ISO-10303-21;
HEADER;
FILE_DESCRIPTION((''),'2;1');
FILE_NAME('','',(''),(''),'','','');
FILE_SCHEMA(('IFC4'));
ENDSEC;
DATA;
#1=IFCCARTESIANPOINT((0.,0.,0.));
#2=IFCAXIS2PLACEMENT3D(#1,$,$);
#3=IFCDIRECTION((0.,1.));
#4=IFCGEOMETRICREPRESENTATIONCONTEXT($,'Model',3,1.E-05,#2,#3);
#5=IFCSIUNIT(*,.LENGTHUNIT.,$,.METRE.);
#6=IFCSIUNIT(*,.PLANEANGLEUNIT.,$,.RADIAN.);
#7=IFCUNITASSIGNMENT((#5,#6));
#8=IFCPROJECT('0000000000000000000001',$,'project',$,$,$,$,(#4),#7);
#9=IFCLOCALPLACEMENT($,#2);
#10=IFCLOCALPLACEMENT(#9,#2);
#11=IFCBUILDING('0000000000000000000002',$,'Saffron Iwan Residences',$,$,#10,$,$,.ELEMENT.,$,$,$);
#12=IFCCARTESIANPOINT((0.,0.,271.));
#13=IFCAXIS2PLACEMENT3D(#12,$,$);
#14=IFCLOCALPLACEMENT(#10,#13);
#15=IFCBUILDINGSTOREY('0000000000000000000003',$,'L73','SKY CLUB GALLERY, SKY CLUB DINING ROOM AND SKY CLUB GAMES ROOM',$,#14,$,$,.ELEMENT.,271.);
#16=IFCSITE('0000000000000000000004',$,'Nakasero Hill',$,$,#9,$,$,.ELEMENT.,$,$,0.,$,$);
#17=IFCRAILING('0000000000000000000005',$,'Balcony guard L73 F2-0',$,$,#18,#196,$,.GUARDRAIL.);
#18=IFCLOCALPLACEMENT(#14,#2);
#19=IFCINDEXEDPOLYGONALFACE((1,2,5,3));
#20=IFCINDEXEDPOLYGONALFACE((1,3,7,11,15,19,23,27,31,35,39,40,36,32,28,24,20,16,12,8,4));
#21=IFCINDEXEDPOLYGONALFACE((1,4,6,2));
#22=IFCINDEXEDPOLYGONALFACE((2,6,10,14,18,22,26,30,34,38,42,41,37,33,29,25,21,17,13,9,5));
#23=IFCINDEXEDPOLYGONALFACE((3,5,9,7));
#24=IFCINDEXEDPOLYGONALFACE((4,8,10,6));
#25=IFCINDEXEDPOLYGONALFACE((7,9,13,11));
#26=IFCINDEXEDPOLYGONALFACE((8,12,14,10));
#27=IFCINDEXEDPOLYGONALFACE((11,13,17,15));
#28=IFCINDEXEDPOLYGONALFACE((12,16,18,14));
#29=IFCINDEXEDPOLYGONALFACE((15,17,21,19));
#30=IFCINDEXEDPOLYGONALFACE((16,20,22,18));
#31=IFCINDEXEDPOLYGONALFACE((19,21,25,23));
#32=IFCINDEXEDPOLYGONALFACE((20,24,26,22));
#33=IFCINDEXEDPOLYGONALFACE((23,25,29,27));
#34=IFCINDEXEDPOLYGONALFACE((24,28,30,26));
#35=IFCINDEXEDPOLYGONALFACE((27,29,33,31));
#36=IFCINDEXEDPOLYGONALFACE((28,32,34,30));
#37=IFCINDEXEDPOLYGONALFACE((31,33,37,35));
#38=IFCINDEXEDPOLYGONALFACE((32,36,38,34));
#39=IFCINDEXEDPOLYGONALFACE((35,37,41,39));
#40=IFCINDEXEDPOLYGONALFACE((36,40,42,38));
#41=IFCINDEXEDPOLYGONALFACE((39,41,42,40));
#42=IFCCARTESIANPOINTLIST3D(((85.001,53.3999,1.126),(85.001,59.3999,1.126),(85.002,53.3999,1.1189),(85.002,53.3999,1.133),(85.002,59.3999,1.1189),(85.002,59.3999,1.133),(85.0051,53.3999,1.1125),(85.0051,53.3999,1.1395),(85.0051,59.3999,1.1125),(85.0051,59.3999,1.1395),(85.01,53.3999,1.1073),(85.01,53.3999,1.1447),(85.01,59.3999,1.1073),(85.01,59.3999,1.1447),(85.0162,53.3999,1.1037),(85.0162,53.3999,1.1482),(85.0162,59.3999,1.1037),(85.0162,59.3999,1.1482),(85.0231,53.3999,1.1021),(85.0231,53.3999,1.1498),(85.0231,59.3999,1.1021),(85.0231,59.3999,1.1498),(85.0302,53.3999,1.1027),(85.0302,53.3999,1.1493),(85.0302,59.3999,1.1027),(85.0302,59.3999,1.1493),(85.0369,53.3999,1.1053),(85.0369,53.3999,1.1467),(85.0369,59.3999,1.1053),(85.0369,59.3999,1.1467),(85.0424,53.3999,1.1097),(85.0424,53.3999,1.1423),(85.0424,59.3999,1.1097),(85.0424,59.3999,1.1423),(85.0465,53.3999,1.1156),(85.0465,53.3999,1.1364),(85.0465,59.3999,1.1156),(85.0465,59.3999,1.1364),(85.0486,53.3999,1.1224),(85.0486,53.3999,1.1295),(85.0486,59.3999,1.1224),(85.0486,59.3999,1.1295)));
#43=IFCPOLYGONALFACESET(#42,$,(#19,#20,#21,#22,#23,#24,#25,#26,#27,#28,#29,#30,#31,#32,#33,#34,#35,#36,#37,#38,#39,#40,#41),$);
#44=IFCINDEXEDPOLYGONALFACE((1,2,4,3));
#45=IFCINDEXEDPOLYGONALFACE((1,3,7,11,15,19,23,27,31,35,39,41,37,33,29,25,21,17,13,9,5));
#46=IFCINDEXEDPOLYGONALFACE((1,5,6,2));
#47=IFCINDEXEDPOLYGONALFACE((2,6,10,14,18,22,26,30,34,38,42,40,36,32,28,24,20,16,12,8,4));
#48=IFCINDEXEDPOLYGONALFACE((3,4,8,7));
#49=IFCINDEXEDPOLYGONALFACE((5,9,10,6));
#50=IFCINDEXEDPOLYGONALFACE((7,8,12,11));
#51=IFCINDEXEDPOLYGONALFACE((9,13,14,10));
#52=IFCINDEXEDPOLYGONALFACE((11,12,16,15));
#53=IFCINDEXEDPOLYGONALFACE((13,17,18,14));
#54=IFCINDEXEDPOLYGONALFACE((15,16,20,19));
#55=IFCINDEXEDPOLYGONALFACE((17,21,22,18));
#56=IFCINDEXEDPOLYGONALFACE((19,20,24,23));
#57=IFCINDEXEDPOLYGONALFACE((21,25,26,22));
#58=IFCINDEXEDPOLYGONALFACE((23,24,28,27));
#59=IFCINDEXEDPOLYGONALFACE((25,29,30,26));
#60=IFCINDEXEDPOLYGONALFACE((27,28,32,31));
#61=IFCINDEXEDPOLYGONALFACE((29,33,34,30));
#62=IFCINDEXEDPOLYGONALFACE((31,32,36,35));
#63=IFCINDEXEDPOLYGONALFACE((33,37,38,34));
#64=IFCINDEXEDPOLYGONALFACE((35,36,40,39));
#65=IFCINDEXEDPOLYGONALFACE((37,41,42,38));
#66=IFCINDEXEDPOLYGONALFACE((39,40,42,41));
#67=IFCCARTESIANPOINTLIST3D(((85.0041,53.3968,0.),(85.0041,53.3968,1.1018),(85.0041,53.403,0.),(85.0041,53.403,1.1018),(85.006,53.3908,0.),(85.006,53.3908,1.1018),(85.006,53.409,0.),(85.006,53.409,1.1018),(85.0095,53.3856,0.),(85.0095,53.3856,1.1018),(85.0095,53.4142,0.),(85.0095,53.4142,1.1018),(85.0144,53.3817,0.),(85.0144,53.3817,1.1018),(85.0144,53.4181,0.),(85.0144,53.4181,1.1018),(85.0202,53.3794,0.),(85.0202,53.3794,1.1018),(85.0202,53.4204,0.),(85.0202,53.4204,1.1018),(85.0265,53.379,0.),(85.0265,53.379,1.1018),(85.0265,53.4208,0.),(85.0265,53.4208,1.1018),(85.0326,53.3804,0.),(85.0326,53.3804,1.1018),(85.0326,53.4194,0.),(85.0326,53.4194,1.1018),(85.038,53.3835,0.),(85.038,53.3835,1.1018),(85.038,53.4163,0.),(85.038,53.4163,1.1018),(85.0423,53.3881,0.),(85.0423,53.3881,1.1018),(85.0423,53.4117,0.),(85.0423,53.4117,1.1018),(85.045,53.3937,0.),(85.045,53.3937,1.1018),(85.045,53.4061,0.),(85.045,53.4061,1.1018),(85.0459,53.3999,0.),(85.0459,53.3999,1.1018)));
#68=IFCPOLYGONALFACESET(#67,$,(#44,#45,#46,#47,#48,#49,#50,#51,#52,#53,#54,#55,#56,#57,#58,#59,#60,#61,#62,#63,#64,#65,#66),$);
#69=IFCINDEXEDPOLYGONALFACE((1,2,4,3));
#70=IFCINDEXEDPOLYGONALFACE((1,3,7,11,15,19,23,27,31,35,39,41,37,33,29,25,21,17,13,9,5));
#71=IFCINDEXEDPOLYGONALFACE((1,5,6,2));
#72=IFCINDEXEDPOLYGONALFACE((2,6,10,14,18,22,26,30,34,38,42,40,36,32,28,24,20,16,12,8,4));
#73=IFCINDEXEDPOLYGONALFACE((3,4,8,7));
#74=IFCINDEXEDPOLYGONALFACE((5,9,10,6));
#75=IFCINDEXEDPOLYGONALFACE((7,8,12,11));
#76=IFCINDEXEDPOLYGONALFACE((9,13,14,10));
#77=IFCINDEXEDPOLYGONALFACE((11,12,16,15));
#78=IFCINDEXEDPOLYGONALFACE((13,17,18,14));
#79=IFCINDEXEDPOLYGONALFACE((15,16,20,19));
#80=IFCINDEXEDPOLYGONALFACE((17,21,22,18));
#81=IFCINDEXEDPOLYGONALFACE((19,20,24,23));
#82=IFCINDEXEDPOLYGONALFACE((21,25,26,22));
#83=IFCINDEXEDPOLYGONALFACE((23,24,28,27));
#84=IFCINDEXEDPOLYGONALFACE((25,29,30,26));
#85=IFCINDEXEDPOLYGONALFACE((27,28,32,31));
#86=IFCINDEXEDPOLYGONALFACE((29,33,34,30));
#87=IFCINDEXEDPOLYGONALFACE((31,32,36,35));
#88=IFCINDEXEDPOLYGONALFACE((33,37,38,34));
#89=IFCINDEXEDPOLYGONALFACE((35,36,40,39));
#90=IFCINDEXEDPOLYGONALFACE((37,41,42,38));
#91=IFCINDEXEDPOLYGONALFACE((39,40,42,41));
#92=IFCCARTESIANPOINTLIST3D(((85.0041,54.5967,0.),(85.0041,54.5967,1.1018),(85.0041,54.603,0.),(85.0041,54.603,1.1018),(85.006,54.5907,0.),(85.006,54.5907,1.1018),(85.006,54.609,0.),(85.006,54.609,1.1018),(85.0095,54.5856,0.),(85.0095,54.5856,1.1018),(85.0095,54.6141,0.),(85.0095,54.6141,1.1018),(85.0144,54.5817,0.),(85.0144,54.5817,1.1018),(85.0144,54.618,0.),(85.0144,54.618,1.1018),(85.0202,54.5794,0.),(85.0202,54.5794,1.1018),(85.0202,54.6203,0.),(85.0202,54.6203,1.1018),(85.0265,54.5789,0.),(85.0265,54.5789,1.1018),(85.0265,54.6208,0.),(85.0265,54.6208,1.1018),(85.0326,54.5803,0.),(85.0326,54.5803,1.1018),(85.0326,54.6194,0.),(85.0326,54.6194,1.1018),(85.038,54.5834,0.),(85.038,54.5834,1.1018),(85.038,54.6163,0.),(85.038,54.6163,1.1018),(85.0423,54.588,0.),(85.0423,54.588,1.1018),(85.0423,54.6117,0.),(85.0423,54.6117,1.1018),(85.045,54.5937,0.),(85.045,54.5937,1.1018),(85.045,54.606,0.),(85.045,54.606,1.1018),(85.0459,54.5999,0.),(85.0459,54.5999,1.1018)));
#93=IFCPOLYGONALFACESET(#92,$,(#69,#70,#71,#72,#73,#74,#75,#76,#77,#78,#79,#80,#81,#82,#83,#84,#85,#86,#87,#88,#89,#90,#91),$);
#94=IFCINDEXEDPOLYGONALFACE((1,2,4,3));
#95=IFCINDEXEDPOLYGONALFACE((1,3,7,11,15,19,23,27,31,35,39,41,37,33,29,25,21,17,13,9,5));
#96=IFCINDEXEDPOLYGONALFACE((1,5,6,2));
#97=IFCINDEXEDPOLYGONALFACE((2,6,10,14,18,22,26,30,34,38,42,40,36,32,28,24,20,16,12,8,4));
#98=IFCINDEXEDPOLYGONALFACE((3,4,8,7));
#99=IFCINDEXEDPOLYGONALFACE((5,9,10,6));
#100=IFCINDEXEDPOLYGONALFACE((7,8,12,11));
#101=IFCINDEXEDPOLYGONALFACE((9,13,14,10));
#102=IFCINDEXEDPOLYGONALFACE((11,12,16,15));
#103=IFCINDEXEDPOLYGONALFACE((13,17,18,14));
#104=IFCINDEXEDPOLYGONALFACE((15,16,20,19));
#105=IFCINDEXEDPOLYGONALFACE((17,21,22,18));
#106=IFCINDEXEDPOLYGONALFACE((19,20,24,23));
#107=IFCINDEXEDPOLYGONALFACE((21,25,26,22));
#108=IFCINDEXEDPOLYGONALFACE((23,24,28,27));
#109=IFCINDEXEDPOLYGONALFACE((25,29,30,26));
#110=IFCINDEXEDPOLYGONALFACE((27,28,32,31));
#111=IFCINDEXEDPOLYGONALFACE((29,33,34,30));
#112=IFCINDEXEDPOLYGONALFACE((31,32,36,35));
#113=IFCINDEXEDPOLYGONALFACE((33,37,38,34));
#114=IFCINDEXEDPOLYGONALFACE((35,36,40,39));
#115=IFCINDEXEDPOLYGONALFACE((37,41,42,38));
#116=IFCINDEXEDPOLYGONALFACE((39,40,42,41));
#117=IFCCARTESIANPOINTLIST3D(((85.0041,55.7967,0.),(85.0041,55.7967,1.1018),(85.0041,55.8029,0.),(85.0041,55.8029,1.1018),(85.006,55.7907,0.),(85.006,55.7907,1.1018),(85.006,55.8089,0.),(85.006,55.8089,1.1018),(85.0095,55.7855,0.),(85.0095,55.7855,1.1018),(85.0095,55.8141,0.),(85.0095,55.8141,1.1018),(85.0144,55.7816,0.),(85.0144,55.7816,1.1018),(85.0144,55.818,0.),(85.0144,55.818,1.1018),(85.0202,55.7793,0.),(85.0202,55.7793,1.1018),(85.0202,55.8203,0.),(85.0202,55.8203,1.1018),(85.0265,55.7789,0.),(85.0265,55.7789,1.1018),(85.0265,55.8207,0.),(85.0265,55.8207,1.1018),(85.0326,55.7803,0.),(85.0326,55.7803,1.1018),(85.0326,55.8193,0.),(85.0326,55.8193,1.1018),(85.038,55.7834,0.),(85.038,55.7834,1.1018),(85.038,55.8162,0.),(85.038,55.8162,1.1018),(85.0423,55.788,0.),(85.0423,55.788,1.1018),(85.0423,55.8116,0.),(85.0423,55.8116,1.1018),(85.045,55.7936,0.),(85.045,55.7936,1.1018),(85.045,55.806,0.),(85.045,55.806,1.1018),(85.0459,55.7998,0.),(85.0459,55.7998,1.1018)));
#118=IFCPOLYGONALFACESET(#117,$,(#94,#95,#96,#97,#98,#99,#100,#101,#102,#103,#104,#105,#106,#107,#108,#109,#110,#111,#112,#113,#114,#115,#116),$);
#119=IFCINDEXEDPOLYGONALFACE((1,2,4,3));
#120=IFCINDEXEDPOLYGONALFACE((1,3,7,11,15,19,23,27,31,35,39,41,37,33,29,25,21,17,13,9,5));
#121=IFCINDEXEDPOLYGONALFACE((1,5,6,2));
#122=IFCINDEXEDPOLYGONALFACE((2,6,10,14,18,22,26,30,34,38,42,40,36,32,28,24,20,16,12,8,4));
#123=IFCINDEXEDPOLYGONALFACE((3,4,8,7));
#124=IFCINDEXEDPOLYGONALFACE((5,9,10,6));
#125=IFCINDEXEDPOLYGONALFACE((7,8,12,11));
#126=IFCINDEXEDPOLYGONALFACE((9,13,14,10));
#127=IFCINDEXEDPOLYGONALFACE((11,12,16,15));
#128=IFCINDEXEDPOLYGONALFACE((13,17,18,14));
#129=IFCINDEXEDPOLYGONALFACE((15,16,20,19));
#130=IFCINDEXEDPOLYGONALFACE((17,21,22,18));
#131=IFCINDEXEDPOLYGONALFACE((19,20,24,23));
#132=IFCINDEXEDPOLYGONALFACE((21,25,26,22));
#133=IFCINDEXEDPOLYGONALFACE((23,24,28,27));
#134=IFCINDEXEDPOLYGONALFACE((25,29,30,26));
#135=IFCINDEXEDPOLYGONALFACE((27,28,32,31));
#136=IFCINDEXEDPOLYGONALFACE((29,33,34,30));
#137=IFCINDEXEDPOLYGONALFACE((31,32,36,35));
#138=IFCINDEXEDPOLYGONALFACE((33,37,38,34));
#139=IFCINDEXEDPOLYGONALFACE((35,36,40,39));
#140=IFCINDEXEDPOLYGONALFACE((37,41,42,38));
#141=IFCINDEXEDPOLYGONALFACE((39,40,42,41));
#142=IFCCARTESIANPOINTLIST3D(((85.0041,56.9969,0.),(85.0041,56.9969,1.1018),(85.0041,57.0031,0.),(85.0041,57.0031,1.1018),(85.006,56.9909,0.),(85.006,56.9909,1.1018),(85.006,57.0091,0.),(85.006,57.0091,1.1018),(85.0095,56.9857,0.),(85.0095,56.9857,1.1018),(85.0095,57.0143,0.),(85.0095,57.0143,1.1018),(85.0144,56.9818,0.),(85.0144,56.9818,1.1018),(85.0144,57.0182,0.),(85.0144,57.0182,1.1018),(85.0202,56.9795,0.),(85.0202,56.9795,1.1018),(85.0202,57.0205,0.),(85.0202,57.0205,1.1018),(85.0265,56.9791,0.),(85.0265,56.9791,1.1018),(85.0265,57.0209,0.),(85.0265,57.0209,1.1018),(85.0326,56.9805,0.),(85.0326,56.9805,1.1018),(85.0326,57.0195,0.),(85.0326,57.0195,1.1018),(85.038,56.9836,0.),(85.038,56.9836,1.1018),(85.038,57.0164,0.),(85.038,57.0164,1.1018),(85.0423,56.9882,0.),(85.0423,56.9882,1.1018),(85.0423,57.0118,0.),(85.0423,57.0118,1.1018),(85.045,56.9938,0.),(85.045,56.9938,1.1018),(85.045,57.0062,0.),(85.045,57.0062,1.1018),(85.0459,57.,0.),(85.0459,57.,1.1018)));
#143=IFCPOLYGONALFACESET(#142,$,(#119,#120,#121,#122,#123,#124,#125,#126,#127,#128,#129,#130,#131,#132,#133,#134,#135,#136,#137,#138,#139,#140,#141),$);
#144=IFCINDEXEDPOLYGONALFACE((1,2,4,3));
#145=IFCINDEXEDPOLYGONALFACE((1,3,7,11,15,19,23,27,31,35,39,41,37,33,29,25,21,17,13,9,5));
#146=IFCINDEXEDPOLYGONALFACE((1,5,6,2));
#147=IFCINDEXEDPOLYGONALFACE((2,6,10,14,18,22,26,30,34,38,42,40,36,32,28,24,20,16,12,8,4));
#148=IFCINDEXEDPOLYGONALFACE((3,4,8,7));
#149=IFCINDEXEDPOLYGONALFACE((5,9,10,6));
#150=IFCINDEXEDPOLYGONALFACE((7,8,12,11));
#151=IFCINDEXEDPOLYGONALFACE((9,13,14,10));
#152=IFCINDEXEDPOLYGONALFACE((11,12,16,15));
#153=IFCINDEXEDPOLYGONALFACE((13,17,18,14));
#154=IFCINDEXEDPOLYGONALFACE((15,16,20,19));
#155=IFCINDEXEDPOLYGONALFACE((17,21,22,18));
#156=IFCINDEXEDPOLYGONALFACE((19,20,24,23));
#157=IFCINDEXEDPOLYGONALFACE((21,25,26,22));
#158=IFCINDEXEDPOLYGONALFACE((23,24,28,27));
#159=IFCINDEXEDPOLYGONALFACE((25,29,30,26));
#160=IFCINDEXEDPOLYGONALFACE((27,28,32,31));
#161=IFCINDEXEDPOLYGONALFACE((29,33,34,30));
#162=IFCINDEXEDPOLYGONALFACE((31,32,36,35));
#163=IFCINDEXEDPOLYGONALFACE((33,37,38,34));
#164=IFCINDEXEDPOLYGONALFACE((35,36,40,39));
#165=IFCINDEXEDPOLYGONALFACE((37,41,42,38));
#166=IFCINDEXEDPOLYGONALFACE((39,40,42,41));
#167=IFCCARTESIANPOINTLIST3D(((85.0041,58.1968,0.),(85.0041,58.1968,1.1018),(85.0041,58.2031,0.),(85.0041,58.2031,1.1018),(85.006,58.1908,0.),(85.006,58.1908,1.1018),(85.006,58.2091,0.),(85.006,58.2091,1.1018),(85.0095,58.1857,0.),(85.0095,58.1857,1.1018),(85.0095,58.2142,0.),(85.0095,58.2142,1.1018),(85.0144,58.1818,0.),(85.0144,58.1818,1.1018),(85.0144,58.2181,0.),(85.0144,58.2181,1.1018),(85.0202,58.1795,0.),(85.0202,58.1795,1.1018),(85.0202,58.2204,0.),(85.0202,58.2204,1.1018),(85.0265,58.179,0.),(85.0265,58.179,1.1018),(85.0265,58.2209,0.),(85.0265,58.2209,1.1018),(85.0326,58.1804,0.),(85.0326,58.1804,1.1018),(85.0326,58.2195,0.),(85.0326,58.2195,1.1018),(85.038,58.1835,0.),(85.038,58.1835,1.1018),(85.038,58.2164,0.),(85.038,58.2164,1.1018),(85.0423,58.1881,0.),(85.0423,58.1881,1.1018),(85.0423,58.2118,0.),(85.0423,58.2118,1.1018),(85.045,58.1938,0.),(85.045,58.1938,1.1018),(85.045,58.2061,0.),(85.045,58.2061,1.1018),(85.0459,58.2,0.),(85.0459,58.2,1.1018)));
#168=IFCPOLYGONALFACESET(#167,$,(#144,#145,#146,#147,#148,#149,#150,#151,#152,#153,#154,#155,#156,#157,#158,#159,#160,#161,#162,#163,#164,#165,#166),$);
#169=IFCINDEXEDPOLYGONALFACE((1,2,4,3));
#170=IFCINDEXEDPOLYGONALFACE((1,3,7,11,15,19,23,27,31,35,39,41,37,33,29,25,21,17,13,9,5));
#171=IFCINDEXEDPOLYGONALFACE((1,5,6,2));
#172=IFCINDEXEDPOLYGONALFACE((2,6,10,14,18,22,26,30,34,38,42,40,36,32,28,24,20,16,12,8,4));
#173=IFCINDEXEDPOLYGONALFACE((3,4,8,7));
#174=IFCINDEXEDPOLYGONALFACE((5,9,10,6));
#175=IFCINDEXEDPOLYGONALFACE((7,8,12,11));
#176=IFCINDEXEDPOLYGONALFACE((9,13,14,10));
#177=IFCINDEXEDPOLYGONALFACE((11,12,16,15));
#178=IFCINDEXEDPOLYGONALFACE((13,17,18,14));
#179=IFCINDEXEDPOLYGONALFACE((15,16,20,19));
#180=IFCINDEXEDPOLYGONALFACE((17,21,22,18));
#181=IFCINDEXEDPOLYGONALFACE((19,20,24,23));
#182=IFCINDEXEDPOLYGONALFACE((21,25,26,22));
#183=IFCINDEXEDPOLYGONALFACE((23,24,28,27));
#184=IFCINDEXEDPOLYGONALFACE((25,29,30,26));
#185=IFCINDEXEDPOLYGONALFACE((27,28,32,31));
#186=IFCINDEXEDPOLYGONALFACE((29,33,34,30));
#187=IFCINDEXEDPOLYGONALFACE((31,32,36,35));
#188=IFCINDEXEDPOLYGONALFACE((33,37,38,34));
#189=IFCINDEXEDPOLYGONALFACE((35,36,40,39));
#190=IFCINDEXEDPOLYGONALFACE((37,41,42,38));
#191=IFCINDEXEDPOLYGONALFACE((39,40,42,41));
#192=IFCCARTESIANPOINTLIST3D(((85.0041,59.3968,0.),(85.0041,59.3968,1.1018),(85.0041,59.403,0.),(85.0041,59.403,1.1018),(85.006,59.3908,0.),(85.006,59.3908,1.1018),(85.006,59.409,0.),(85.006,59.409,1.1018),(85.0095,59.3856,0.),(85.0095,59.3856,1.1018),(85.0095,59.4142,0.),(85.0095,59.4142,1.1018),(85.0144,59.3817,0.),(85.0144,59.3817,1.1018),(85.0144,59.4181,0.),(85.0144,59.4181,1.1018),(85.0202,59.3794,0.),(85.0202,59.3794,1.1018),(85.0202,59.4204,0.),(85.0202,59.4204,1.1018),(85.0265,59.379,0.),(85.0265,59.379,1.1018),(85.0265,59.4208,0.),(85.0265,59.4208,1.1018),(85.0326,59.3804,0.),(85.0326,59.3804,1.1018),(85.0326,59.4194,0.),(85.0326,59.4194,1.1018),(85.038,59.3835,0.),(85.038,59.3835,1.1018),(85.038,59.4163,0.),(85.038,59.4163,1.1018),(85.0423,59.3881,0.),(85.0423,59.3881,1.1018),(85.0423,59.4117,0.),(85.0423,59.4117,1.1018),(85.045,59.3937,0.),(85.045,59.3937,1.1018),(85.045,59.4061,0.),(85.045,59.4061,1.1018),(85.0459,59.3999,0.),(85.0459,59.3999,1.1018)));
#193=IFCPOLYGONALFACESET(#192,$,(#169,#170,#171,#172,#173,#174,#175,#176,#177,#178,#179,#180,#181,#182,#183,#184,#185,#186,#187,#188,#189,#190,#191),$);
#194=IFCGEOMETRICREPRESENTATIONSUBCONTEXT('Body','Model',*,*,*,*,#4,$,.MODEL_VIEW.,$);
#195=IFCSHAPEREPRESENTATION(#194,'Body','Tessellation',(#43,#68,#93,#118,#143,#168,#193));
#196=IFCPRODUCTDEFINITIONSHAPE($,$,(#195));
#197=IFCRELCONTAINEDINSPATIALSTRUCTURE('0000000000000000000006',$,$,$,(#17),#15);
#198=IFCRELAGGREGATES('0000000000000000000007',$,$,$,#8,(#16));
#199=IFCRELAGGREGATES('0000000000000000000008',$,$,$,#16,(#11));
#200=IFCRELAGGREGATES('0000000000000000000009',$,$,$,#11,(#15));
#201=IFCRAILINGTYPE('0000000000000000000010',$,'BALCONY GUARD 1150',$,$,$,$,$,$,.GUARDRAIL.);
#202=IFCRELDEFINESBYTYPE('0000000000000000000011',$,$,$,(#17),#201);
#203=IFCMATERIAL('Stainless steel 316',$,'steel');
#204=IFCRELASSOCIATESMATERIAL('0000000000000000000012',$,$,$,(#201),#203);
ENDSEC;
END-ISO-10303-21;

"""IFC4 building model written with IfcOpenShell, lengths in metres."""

from ifc_helpers import new_model, si_unit, direction, frame, origin, origin_2d, place, context, subcontext, project, spatial, circle, extrude, material, type_object, element, save


model = new_model("IFC4")

# Units and contexts
model_context = context("Model", 3, precision=1e-05, world=origin(), true_north=direction((0.0, 1.0)))
body_context = subcontext(model_context, "Body", "Model", "MODEL_VIEW")
ifc_project = project(units=[si_unit("LENGTHUNIT", "METRE"), si_unit("PLANEANGLEUNIT", "RADIAN")], contexts=[model_context])

# Site, building, storey
site_placement = place(None, origin())
site = spatial("IfcSite", under=ifc_project, at=site_placement, Name="Nakasero Hill", CompositionType="ELEMENT", RefElevation=0.0)
building_placement = place(site_placement, origin())
building = spatial("IfcBuilding", under=site, at=building_placement, Name="Saffron Iwan Residences", CompositionType="ELEMENT")
storey_placement = place(building_placement, frame((0.0, 0.0, 271.0)))
storey = spatial("IfcBuildingStorey", under=building, at=storey_placement, Name="L73", Description="SKY CLUB GALLERY, SKY CLUB DINING ROOM AND SKY CLUB GAMES ROOM", CompositionType="ELEMENT", Elevation=271.0)

# Railing
ifc_material_1 = material(Name="Stainless steel 316", Category="steel")
railing_type = type_object("IfcRailingType", Name="BALCONY GUARD 1150", PredefinedType="GUARDRAIL", material=ifc_material_1)
railing_placement = place(storey_placement, frame((85.0249, 53.3999, 0.0)))
element("IfcRailing", 1, at=railing_placement, inside=storey, type_object=railing_type, Name="Balcony guard L73 F2-0", PredefinedType="GUARDRAIL", context=body_context, shape_type="SweptSolid", body=[
    extrude(circle(Radius=0.0239, at=origin_2d()), frame((0.0, 0.0, 1.126), z_axis=(0.0, 1.0, 0.0), x_axis=(-1.0, 0.0, 0.0)), (0.0, 0.0, 1.0), 6.0),
    extrude(circle(Radius=0.021, at=origin_2d()), origin(), (0.0, 0.0, 1.0), 1.1018),
    extrude(circle(Radius=0.021, at=origin_2d()), frame((0.0, 1.2, 0.0)), (0.0, 0.0, 1.0), 1.1018),
    extrude(circle(Radius=0.021, at=origin_2d()), frame((0.0, 2.3999, 0.0)), (0.0, 0.0, 1.0), 1.1018),
    extrude(circle(Radius=0.021, at=origin_2d()), frame((0.0, 3.6001, 0.0)), (0.0, 0.0, 1.0), 1.1018),
    extrude(circle(Radius=0.021, at=origin_2d()), frame((0.0, 4.8, 0.0)), (0.0, 0.0, 1.0), 1.1018),
    extrude(circle(Radius=0.021, at=origin_2d()), frame((0.0, 6.0, 0.0)), (0.0, 0.0, 1.0), 1.1018),
])

save(model, "model.ifc")
